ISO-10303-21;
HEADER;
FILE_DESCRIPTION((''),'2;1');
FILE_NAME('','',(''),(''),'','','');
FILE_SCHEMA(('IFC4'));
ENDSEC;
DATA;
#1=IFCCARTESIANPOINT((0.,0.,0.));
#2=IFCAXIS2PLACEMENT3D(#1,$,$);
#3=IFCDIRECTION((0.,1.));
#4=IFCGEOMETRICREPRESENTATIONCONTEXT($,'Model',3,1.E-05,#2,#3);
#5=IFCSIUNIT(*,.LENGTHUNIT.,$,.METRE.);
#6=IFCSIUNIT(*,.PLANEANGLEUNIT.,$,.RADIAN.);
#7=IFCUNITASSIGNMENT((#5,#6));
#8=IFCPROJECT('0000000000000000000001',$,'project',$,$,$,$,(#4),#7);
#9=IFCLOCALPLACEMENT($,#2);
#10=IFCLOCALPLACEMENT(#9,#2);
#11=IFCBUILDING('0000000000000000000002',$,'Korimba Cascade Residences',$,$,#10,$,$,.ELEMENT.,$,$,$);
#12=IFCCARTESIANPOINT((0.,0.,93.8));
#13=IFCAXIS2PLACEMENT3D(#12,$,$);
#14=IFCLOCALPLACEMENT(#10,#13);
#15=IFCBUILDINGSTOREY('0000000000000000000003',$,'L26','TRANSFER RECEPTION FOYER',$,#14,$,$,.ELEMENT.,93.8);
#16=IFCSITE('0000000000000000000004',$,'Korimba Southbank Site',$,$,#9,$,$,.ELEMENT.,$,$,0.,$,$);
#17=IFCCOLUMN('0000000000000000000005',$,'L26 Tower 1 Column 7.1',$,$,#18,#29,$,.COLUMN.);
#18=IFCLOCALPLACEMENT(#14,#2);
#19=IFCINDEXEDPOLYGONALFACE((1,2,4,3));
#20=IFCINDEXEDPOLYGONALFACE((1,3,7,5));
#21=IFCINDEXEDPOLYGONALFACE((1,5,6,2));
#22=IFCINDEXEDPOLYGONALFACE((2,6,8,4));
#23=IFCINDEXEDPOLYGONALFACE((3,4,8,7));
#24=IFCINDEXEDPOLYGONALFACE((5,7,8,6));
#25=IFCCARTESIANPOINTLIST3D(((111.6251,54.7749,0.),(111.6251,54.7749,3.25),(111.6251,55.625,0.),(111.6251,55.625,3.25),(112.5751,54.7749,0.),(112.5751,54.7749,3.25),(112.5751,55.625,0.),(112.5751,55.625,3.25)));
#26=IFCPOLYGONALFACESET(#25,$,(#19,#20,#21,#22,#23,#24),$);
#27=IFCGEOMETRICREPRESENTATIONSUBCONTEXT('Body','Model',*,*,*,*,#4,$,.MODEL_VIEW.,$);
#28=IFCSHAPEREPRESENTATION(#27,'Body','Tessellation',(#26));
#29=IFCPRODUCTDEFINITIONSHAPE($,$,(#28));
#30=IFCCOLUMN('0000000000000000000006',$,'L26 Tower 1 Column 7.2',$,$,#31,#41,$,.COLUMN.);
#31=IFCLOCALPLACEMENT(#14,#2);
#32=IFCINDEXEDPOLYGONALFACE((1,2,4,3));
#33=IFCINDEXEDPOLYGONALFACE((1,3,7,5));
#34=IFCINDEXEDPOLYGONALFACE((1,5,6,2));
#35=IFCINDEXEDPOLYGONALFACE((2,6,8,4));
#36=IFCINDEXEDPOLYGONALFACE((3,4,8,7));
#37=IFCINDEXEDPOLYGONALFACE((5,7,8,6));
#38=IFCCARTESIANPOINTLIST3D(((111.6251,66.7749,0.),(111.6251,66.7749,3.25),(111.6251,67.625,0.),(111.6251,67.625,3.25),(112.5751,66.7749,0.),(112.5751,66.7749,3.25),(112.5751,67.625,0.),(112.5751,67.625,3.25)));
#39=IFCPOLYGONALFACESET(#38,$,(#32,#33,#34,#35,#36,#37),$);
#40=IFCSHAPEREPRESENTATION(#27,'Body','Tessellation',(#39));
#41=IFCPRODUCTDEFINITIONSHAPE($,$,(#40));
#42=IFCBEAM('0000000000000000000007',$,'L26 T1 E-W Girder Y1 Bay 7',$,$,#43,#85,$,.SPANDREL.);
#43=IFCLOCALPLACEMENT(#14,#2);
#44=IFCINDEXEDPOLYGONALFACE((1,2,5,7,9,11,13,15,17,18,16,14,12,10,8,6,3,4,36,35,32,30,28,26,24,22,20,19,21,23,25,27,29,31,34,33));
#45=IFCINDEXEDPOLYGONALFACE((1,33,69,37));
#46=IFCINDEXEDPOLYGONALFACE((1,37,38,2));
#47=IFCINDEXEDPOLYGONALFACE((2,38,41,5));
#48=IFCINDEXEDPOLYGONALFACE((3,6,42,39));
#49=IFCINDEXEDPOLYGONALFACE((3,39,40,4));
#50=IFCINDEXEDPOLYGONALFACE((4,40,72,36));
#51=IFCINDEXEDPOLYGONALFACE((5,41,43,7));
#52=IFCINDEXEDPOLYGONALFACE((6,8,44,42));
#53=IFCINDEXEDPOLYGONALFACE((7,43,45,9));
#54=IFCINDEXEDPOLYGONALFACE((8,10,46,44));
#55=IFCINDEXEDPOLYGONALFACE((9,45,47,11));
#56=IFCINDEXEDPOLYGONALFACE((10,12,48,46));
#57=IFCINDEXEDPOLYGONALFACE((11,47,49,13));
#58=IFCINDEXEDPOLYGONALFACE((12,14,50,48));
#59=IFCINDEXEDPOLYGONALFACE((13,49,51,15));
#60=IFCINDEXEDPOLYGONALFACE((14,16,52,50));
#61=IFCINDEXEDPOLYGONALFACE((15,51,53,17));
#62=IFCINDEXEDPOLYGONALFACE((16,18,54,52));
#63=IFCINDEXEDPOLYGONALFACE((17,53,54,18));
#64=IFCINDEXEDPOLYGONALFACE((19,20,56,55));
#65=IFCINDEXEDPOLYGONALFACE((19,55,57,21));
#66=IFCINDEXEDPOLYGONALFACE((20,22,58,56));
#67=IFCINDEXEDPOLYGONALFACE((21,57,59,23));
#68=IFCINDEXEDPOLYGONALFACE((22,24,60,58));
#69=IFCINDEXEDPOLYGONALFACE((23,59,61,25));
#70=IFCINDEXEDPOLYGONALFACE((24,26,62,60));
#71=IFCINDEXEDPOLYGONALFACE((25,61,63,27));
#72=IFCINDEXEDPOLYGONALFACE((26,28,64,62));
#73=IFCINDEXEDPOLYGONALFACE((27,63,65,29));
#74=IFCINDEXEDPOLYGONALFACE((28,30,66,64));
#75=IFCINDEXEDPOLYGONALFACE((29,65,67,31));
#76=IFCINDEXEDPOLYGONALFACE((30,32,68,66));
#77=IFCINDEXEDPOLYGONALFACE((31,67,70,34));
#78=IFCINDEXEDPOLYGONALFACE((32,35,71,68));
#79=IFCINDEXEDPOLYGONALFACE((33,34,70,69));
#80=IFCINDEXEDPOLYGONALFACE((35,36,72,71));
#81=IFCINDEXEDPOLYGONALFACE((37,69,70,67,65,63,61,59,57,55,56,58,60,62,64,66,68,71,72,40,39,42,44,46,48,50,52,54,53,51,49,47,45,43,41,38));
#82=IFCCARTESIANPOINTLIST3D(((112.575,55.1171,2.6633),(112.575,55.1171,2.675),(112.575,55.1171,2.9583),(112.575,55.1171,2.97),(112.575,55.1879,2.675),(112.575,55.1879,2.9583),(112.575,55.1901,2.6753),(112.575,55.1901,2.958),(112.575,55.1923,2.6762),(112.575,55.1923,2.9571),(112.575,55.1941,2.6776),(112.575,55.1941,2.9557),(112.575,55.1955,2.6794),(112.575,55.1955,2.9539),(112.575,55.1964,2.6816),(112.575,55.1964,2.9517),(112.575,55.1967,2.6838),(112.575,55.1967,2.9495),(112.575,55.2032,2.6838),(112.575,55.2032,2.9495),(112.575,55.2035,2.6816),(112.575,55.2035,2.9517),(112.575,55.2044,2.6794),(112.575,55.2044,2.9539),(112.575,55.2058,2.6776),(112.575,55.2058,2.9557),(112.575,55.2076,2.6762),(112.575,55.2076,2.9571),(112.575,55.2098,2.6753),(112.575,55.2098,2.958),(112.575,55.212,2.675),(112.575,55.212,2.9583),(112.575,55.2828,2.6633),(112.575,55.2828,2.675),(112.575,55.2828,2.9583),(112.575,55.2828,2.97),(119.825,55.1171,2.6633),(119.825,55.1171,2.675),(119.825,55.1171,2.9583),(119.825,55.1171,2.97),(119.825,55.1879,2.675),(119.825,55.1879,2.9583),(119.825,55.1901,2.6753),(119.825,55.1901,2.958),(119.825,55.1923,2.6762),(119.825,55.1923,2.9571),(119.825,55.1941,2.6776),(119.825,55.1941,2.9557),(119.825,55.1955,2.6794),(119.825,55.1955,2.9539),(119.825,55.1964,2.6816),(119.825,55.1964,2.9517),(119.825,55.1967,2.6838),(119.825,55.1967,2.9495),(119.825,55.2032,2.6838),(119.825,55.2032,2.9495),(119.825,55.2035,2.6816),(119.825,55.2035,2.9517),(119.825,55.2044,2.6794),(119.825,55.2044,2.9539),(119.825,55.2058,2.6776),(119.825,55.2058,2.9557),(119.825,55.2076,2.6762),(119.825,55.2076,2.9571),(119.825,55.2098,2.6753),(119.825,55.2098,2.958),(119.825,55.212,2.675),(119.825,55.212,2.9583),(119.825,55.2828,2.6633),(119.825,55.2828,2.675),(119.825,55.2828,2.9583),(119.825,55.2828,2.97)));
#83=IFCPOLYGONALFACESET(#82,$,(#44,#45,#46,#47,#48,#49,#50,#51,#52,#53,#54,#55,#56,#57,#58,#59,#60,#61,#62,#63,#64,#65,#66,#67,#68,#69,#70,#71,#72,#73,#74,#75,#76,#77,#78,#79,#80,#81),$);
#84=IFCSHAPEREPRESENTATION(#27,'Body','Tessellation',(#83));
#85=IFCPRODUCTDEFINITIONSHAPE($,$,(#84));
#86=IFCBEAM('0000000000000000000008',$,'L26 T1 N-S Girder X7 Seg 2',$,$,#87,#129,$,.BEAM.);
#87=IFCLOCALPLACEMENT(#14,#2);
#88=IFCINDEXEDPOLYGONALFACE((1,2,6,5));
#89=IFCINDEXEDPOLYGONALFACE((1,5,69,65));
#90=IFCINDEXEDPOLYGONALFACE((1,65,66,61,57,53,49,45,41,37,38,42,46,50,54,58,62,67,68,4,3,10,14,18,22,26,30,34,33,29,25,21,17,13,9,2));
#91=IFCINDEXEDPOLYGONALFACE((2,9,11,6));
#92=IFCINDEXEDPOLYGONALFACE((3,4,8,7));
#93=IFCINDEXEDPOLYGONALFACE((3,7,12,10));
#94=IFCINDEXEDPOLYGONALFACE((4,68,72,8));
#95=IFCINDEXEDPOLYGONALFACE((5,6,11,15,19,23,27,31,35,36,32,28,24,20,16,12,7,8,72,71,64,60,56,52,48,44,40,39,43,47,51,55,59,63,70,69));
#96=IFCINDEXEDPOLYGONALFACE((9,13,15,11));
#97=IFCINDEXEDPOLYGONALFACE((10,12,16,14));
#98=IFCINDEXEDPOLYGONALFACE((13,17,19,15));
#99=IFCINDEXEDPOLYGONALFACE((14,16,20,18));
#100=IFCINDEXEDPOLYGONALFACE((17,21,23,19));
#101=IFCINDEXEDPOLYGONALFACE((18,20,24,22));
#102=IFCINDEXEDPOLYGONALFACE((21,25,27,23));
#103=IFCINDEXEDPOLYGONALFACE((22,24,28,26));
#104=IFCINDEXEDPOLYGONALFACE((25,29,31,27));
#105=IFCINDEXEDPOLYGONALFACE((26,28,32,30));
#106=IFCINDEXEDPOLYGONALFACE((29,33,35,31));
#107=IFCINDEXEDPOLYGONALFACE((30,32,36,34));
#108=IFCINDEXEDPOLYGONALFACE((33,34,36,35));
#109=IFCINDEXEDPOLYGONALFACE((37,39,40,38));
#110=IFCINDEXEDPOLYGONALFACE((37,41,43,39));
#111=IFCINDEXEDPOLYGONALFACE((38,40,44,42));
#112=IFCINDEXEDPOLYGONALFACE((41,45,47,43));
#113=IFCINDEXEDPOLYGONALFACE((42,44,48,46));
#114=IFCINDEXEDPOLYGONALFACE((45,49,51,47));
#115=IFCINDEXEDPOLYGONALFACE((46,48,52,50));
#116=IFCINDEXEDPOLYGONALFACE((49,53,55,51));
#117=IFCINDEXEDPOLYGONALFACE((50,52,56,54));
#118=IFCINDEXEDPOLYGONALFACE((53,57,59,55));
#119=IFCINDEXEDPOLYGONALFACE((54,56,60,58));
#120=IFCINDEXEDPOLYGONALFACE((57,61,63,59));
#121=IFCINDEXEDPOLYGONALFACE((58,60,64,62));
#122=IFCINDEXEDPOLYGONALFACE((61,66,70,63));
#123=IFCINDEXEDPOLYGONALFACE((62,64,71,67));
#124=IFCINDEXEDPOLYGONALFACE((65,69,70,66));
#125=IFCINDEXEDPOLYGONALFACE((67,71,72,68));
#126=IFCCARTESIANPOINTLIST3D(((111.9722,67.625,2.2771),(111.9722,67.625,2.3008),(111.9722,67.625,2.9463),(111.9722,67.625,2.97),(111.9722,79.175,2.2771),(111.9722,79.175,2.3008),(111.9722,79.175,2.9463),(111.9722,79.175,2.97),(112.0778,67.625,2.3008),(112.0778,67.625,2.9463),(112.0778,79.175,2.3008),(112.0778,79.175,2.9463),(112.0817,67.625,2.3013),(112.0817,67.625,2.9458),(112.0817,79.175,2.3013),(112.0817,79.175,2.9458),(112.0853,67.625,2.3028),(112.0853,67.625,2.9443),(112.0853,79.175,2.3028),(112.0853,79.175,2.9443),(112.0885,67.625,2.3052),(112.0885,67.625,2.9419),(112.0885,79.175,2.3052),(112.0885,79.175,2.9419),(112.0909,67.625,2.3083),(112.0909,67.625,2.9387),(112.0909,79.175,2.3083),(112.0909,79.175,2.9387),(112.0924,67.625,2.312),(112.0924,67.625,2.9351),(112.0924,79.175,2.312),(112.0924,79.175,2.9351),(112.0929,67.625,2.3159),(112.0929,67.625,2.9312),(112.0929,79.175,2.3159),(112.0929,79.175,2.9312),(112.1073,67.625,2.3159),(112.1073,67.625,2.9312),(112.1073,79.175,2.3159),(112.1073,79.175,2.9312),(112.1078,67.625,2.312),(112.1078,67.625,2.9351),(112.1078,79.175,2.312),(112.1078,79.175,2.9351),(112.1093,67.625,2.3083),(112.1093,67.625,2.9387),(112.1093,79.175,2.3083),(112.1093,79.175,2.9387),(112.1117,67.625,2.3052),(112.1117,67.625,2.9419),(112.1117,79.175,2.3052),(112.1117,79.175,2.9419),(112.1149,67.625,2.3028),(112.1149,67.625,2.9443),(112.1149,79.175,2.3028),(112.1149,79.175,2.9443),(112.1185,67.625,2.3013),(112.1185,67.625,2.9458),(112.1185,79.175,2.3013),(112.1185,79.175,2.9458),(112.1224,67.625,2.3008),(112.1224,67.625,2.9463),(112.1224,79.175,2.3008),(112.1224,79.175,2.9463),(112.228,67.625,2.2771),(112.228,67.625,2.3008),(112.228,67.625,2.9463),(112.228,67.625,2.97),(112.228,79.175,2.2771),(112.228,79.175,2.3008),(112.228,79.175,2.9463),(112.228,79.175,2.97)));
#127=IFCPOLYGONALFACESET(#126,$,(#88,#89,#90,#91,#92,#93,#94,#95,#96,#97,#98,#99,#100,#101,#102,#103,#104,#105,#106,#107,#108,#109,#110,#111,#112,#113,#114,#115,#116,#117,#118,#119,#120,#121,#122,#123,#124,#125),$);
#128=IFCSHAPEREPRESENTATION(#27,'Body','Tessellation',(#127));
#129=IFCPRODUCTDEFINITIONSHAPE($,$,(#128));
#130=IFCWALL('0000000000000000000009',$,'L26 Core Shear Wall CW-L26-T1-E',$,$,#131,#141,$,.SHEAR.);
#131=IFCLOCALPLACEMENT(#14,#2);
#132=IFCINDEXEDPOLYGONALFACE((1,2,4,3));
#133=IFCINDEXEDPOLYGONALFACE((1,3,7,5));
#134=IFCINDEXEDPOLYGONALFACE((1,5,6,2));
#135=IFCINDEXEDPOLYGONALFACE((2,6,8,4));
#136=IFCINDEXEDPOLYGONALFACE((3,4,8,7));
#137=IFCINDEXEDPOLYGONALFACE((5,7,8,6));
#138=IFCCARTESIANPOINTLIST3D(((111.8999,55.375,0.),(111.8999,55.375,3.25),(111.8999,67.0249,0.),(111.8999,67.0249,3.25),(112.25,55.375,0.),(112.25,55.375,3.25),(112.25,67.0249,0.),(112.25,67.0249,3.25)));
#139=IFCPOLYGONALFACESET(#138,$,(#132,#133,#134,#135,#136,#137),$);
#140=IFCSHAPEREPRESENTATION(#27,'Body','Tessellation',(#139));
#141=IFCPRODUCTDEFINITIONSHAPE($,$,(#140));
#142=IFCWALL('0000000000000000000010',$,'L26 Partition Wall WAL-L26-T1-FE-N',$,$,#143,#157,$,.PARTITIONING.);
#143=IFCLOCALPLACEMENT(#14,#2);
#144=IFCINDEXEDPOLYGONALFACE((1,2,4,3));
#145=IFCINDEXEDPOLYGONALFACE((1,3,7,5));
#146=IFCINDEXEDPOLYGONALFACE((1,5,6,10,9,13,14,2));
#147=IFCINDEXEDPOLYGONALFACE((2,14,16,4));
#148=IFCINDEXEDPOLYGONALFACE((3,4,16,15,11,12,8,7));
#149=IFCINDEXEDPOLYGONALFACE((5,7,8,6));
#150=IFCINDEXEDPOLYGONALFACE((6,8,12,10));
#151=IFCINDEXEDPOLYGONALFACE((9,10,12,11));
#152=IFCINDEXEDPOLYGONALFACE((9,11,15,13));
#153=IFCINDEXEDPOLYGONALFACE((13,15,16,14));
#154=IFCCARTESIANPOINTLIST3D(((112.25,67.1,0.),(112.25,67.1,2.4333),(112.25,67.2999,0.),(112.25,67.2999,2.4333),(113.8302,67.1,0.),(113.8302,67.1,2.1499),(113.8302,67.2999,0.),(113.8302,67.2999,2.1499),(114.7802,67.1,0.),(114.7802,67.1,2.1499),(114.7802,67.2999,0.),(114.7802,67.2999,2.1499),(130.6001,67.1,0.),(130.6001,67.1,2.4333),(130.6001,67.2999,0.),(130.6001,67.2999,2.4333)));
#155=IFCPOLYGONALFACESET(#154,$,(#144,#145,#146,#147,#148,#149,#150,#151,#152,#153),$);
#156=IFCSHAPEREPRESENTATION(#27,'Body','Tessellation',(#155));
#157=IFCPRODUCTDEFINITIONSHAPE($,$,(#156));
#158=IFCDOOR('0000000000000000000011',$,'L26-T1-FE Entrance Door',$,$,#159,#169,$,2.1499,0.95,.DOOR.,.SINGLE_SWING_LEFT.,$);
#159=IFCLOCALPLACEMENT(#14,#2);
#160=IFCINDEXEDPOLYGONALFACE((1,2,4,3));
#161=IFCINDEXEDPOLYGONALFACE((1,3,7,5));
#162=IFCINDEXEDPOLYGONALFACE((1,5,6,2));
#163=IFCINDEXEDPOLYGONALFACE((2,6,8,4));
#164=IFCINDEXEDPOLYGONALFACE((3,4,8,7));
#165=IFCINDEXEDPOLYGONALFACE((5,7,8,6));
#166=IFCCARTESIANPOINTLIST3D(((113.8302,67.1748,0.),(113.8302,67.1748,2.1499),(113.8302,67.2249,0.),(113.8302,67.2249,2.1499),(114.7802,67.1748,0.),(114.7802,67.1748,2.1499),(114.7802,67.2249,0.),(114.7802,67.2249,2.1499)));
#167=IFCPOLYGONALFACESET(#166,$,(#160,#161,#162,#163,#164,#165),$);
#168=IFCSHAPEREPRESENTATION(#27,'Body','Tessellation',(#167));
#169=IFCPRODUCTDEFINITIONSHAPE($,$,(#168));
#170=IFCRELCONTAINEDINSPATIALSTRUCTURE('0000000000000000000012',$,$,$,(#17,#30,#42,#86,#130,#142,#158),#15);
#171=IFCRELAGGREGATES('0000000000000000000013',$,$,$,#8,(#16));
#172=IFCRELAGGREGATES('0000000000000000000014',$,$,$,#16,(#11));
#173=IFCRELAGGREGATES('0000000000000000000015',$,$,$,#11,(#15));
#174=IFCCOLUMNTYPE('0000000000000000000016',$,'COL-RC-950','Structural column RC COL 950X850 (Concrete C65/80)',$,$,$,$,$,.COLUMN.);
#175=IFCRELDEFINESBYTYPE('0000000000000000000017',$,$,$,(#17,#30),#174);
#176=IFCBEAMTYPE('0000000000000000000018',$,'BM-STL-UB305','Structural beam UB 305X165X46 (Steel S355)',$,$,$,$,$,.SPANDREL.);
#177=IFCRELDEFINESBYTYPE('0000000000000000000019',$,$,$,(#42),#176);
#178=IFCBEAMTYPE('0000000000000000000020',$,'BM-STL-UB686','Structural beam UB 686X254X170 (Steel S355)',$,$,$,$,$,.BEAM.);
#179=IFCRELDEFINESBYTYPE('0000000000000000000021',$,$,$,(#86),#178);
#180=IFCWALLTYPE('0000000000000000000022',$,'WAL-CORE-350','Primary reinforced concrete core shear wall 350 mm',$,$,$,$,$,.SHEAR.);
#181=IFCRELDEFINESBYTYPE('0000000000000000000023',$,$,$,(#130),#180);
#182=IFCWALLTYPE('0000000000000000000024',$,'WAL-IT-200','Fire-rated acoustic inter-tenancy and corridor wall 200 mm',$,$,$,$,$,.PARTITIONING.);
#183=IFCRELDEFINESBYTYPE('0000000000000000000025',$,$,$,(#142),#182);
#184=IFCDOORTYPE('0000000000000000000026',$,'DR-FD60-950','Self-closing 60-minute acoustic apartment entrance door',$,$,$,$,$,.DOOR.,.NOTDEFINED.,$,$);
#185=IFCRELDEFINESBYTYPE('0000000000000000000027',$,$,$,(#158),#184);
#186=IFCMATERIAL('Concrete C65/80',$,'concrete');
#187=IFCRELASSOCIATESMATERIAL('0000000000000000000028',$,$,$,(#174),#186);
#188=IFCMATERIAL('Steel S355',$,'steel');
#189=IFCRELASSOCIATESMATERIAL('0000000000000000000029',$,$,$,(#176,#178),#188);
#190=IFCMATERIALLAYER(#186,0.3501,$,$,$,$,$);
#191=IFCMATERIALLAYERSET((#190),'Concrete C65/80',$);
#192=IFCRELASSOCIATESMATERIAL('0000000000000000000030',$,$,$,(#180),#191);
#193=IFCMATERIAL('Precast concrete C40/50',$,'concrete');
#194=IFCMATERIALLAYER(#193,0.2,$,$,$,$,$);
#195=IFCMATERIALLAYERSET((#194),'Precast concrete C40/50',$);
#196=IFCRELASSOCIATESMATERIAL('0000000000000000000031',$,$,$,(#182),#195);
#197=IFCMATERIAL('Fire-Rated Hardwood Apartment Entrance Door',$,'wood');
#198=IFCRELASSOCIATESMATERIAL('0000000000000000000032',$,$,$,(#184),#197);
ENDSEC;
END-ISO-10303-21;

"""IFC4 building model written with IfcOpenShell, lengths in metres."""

from ifc_helpers import new_model, si_unit, direction, frame, frame_2d, origin, origin_2d, place, context, subcontext, project, spatial, rectangle, i_section, extrude, material, layer, layer_set, material_profile, profile_set, type_object, element, fill, save


model = new_model("IFC4")

# Units and contexts
model_context = context("Model", 3, precision=1e-05, world=origin(), true_north=direction((0.0, 1.0)))
body_context = subcontext(model_context, "Body", "Model", "MODEL_VIEW")
ifc_project = project(units=[si_unit("LENGTHUNIT", "METRE"), si_unit("PLANEANGLEUNIT", "RADIAN")], contexts=[model_context])

# Site, building, storey
site_placement = place(None, origin())
site = spatial("IfcSite", under=ifc_project, at=site_placement, Name="Korimba Southbank Site", CompositionType="ELEMENT", RefElevation=0.0)
building_placement = place(site_placement, origin())
building = spatial("IfcBuilding", under=site, at=building_placement, Name="Korimba Cascade Residences", CompositionType="ELEMENT")
storey_placement = place(building_placement, frame((0.0, 0.0, 93.8)))
storey = spatial("IfcBuildingStorey", under=building, at=storey_placement, Name="L26", Description="TRANSFER RECEPTION FOYER", CompositionType="ELEMENT", Elevation=93.8)

# Columns
ifc_material_1 = material(Name="Concrete C65/80", Category="concrete")
ifc_material_profile_1 = material_profile(ifc_material_1, rectangle(XDim=0.95, YDim=0.8501, at=origin_2d()), Name="Concrete C65/80")
ifc_profile_set_1 = profile_set([ifc_material_profile_1], Name="Concrete C65/80")
column_type = type_object("IfcColumnType", Name="COL-RC-950", Description="Structural column RC COL 950X850 (Concrete C65/80)", PredefinedType="COLUMN", material=ifc_profile_set_1)
for number, where, z_axis, x_axis, name in (
    (1, (112.1001, 55.2, 0.0), (0.0, 0.0, 1.0), (1.0, 0.0, 0.0), "L26 Tower 1 Column 7.1"),
    (2, (112.1001, 67.2, 0.0), (0.0, 0.0, 1.0), (1.0, 0.0, 0.0), "L26 Tower 1 Column 7.2"),
):
    element("IfcColumn", number, at=place(storey_placement, frame(where, z_axis=z_axis, x_axis=x_axis)), inside=storey, type_object=column_type, Name=name, PredefinedType="COLUMN", context=body_context, shape_type="SweptSolid", body=[
        extrude(rectangle(XDim=0.95, YDim=0.8501, at=origin_2d()), origin(), (0.0, 0.0, 1.0), 3.25),
    ])

# Beams
ifc_material_2 = material(Name="Steel S355", Category="steel")
ifc_material_profile_2 = material_profile(ifc_material_2, i_section(OverallWidth=0.1658, OverallDepth=0.3066, WebThickness=0.0066, FlangeThickness=0.0117, FilletRadius=0.0088, at=origin_2d()), Name="Steel S355")
ifc_profile_set_2 = profile_set([ifc_material_profile_2], Name="Steel S355")
beam_type_1 = type_object("IfcBeamType", Name="BM-STL-UB305", Description="Structural beam UB 305X165X46 (Steel S355)", PredefinedType="SPANDREL", material=ifc_profile_set_2)
beam_1_placement = place(storey_placement, frame((112.575, 55.2, 2.8167), z_axis=(1.0, 0.0, 0.0), x_axis=(0.0, 1.0, 0.0)))
element("IfcBeam", 3, at=beam_1_placement, inside=storey, type_object=beam_type_1, Name="L26 T1 E-W Girder Y1 Bay 7", PredefinedType="SPANDREL", context=body_context, shape_type="SweptSolid", body=[
    extrude(i_section(OverallWidth=0.1658, OverallDepth=0.3066, WebThickness=0.0066, FlangeThickness=0.0117, FilletRadius=0.0088, at=origin_2d()), origin(), (0.0, 0.0, 1.0), 7.25),
])
ifc_material_profile_3 = material_profile(ifc_material_2, i_section(OverallWidth=0.2559, OverallDepth=0.6929, WebThickness=0.0144, FlangeThickness=0.0237, FilletRadius=0.0151, at=origin_2d()), Name="Steel S355")
ifc_profile_set_3 = profile_set([ifc_material_profile_3], Name="Steel S355")
beam_type_2 = type_object("IfcBeamType", Name="BM-STL-UB686", Description="Structural beam UB 686X254X170 (Steel S355)", PredefinedType="BEAM", material=ifc_profile_set_3)
beam_2_placement = place(storey_placement, frame((112.1001, 67.625, 2.6235), z_axis=(0.0, 1.0, 0.0), x_axis=(-1.0, 0.0, 0.0)))
element("IfcBeam", 4, at=beam_2_placement, inside=storey, type_object=beam_type_2, Name="L26 T1 N-S Girder X7 Seg 2", PredefinedType="BEAM", context=body_context, shape_type="SweptSolid", body=[
    extrude(i_section(OverallWidth=0.2559, OverallDepth=0.6929, WebThickness=0.0144, FlangeThickness=0.0237, FilletRadius=0.0151, at=origin_2d()), origin(), (0.0, 0.0, 1.0), 11.55),
])

# Wall
ifc_layer_1 = layer(ifc_material_1, 0.3501)
ifc_layer_set_1 = layer_set([ifc_layer_1], Name="Concrete C65/80")
wall_type_1 = type_object("IfcWallType", Name="WAL-CORE-350", Description="Primary reinforced concrete core shear wall 350 mm", PredefinedType="SHEAR", material=ifc_layer_set_1)
wall_1_placement = place(storey_placement, frame((112.075, 55.375, 0.0), z_axis=(0.0, 0.0, 1.0), x_axis=(0.0, 1.0, 0.0)))
element("IfcWall", 5, at=wall_1_placement, inside=storey, type_object=wall_type_1, Name="L26 Core Shear Wall CW-L26-T1-E", PredefinedType="SHEAR", context=body_context, shape_type="SweptSolid", body=[
    extrude(rectangle(XDim=11.6499, YDim=0.3501, at=frame_2d((5.825, 0.0))), origin(), (0.0, 0.0, 1.0), 3.25),
])

# Wall, opening, door
ifc_material_3 = material(Name="Precast concrete C40/50", Category="concrete")
ifc_layer_2 = layer(ifc_material_3, 0.2)
ifc_layer_set_2 = layer_set([ifc_layer_2], Name="Precast concrete C40/50")
wall_type_2 = type_object("IfcWallType", Name="WAL-IT-200", Description="Fire-rated acoustic inter-tenancy and corridor wall 200 mm", PredefinedType="PARTITIONING", material=ifc_layer_set_2)
wall_2_placement = place(storey_placement, frame((112.25, 67.2, 0.0), z_axis=(0.0, 0.0, 1.0), x_axis=(1.0, 0.0, 0.0)))
wall_2 = element("IfcWall", 6, at=wall_2_placement, inside=storey, type_object=wall_type_2, Name="L26 Partition Wall WAL-L26-T1-FE-N", PredefinedType="PARTITIONING", context=body_context, shape_type="SweptSolid", body=[
    extrude(rectangle(XDim=18.3501, YDim=0.2, at=frame_2d((9.175, 0.0))), origin(), (0.0, 0.0, 1.0), 2.4333),
])
opening_1_placement = place(wall_2_placement, frame((1.5801, 0.0, 0.0)))
opening_1 = element("IfcOpeningElement", 7, at=opening_1_placement, cuts=wall_2, PredefinedType="OPENING", context=body_context, shape_type="SweptSolid", body=[
    extrude(rectangle(XDim=0.95, YDim=2.1499, at=frame_2d((0.4751, 1.075))), frame((0.0, 0.1099, 0.0), z_axis=(0.0, -1.0, 0.0), x_axis=(1.0, 0.0, 0.0)), (0.0, 0.0, 1.0), 0.22),
])
ifc_material_4 = material(Name="Fire-Rated Hardwood Apartment Entrance Door", Category="wood")
door_type_1 = type_object("IfcDoorType", Name="DR-FD60-950", Description="Self-closing 60-minute acoustic apartment entrance door", OperationType="NOTDEFINED", PredefinedType="DOOR", material=ifc_material_4)
door_1_placement = place(opening_1_placement, origin())
door_1 = element("IfcDoor", 8, at=door_1_placement, inside=storey, type_object=door_type_1, Name="L26-T1-FE Entrance Door", OperationType="SINGLE_SWING_LEFT", OverallHeight=2.1499, OverallWidth=0.95, PredefinedType="DOOR", context=body_context, shape_type="SweptSolid", body=[
    extrude(rectangle(XDim=0.95, YDim=2.1499, at=frame_2d((0.4751, 1.075))), frame((0.0, 0.0249, 0.0), z_axis=(0.0, -1.0, 0.0), x_axis=(1.0, 0.0, 0.0)), (0.0, 0.0, 1.0), 0.05),
])
fill(opening_1, door_1)

save(model, "model.ifc")
